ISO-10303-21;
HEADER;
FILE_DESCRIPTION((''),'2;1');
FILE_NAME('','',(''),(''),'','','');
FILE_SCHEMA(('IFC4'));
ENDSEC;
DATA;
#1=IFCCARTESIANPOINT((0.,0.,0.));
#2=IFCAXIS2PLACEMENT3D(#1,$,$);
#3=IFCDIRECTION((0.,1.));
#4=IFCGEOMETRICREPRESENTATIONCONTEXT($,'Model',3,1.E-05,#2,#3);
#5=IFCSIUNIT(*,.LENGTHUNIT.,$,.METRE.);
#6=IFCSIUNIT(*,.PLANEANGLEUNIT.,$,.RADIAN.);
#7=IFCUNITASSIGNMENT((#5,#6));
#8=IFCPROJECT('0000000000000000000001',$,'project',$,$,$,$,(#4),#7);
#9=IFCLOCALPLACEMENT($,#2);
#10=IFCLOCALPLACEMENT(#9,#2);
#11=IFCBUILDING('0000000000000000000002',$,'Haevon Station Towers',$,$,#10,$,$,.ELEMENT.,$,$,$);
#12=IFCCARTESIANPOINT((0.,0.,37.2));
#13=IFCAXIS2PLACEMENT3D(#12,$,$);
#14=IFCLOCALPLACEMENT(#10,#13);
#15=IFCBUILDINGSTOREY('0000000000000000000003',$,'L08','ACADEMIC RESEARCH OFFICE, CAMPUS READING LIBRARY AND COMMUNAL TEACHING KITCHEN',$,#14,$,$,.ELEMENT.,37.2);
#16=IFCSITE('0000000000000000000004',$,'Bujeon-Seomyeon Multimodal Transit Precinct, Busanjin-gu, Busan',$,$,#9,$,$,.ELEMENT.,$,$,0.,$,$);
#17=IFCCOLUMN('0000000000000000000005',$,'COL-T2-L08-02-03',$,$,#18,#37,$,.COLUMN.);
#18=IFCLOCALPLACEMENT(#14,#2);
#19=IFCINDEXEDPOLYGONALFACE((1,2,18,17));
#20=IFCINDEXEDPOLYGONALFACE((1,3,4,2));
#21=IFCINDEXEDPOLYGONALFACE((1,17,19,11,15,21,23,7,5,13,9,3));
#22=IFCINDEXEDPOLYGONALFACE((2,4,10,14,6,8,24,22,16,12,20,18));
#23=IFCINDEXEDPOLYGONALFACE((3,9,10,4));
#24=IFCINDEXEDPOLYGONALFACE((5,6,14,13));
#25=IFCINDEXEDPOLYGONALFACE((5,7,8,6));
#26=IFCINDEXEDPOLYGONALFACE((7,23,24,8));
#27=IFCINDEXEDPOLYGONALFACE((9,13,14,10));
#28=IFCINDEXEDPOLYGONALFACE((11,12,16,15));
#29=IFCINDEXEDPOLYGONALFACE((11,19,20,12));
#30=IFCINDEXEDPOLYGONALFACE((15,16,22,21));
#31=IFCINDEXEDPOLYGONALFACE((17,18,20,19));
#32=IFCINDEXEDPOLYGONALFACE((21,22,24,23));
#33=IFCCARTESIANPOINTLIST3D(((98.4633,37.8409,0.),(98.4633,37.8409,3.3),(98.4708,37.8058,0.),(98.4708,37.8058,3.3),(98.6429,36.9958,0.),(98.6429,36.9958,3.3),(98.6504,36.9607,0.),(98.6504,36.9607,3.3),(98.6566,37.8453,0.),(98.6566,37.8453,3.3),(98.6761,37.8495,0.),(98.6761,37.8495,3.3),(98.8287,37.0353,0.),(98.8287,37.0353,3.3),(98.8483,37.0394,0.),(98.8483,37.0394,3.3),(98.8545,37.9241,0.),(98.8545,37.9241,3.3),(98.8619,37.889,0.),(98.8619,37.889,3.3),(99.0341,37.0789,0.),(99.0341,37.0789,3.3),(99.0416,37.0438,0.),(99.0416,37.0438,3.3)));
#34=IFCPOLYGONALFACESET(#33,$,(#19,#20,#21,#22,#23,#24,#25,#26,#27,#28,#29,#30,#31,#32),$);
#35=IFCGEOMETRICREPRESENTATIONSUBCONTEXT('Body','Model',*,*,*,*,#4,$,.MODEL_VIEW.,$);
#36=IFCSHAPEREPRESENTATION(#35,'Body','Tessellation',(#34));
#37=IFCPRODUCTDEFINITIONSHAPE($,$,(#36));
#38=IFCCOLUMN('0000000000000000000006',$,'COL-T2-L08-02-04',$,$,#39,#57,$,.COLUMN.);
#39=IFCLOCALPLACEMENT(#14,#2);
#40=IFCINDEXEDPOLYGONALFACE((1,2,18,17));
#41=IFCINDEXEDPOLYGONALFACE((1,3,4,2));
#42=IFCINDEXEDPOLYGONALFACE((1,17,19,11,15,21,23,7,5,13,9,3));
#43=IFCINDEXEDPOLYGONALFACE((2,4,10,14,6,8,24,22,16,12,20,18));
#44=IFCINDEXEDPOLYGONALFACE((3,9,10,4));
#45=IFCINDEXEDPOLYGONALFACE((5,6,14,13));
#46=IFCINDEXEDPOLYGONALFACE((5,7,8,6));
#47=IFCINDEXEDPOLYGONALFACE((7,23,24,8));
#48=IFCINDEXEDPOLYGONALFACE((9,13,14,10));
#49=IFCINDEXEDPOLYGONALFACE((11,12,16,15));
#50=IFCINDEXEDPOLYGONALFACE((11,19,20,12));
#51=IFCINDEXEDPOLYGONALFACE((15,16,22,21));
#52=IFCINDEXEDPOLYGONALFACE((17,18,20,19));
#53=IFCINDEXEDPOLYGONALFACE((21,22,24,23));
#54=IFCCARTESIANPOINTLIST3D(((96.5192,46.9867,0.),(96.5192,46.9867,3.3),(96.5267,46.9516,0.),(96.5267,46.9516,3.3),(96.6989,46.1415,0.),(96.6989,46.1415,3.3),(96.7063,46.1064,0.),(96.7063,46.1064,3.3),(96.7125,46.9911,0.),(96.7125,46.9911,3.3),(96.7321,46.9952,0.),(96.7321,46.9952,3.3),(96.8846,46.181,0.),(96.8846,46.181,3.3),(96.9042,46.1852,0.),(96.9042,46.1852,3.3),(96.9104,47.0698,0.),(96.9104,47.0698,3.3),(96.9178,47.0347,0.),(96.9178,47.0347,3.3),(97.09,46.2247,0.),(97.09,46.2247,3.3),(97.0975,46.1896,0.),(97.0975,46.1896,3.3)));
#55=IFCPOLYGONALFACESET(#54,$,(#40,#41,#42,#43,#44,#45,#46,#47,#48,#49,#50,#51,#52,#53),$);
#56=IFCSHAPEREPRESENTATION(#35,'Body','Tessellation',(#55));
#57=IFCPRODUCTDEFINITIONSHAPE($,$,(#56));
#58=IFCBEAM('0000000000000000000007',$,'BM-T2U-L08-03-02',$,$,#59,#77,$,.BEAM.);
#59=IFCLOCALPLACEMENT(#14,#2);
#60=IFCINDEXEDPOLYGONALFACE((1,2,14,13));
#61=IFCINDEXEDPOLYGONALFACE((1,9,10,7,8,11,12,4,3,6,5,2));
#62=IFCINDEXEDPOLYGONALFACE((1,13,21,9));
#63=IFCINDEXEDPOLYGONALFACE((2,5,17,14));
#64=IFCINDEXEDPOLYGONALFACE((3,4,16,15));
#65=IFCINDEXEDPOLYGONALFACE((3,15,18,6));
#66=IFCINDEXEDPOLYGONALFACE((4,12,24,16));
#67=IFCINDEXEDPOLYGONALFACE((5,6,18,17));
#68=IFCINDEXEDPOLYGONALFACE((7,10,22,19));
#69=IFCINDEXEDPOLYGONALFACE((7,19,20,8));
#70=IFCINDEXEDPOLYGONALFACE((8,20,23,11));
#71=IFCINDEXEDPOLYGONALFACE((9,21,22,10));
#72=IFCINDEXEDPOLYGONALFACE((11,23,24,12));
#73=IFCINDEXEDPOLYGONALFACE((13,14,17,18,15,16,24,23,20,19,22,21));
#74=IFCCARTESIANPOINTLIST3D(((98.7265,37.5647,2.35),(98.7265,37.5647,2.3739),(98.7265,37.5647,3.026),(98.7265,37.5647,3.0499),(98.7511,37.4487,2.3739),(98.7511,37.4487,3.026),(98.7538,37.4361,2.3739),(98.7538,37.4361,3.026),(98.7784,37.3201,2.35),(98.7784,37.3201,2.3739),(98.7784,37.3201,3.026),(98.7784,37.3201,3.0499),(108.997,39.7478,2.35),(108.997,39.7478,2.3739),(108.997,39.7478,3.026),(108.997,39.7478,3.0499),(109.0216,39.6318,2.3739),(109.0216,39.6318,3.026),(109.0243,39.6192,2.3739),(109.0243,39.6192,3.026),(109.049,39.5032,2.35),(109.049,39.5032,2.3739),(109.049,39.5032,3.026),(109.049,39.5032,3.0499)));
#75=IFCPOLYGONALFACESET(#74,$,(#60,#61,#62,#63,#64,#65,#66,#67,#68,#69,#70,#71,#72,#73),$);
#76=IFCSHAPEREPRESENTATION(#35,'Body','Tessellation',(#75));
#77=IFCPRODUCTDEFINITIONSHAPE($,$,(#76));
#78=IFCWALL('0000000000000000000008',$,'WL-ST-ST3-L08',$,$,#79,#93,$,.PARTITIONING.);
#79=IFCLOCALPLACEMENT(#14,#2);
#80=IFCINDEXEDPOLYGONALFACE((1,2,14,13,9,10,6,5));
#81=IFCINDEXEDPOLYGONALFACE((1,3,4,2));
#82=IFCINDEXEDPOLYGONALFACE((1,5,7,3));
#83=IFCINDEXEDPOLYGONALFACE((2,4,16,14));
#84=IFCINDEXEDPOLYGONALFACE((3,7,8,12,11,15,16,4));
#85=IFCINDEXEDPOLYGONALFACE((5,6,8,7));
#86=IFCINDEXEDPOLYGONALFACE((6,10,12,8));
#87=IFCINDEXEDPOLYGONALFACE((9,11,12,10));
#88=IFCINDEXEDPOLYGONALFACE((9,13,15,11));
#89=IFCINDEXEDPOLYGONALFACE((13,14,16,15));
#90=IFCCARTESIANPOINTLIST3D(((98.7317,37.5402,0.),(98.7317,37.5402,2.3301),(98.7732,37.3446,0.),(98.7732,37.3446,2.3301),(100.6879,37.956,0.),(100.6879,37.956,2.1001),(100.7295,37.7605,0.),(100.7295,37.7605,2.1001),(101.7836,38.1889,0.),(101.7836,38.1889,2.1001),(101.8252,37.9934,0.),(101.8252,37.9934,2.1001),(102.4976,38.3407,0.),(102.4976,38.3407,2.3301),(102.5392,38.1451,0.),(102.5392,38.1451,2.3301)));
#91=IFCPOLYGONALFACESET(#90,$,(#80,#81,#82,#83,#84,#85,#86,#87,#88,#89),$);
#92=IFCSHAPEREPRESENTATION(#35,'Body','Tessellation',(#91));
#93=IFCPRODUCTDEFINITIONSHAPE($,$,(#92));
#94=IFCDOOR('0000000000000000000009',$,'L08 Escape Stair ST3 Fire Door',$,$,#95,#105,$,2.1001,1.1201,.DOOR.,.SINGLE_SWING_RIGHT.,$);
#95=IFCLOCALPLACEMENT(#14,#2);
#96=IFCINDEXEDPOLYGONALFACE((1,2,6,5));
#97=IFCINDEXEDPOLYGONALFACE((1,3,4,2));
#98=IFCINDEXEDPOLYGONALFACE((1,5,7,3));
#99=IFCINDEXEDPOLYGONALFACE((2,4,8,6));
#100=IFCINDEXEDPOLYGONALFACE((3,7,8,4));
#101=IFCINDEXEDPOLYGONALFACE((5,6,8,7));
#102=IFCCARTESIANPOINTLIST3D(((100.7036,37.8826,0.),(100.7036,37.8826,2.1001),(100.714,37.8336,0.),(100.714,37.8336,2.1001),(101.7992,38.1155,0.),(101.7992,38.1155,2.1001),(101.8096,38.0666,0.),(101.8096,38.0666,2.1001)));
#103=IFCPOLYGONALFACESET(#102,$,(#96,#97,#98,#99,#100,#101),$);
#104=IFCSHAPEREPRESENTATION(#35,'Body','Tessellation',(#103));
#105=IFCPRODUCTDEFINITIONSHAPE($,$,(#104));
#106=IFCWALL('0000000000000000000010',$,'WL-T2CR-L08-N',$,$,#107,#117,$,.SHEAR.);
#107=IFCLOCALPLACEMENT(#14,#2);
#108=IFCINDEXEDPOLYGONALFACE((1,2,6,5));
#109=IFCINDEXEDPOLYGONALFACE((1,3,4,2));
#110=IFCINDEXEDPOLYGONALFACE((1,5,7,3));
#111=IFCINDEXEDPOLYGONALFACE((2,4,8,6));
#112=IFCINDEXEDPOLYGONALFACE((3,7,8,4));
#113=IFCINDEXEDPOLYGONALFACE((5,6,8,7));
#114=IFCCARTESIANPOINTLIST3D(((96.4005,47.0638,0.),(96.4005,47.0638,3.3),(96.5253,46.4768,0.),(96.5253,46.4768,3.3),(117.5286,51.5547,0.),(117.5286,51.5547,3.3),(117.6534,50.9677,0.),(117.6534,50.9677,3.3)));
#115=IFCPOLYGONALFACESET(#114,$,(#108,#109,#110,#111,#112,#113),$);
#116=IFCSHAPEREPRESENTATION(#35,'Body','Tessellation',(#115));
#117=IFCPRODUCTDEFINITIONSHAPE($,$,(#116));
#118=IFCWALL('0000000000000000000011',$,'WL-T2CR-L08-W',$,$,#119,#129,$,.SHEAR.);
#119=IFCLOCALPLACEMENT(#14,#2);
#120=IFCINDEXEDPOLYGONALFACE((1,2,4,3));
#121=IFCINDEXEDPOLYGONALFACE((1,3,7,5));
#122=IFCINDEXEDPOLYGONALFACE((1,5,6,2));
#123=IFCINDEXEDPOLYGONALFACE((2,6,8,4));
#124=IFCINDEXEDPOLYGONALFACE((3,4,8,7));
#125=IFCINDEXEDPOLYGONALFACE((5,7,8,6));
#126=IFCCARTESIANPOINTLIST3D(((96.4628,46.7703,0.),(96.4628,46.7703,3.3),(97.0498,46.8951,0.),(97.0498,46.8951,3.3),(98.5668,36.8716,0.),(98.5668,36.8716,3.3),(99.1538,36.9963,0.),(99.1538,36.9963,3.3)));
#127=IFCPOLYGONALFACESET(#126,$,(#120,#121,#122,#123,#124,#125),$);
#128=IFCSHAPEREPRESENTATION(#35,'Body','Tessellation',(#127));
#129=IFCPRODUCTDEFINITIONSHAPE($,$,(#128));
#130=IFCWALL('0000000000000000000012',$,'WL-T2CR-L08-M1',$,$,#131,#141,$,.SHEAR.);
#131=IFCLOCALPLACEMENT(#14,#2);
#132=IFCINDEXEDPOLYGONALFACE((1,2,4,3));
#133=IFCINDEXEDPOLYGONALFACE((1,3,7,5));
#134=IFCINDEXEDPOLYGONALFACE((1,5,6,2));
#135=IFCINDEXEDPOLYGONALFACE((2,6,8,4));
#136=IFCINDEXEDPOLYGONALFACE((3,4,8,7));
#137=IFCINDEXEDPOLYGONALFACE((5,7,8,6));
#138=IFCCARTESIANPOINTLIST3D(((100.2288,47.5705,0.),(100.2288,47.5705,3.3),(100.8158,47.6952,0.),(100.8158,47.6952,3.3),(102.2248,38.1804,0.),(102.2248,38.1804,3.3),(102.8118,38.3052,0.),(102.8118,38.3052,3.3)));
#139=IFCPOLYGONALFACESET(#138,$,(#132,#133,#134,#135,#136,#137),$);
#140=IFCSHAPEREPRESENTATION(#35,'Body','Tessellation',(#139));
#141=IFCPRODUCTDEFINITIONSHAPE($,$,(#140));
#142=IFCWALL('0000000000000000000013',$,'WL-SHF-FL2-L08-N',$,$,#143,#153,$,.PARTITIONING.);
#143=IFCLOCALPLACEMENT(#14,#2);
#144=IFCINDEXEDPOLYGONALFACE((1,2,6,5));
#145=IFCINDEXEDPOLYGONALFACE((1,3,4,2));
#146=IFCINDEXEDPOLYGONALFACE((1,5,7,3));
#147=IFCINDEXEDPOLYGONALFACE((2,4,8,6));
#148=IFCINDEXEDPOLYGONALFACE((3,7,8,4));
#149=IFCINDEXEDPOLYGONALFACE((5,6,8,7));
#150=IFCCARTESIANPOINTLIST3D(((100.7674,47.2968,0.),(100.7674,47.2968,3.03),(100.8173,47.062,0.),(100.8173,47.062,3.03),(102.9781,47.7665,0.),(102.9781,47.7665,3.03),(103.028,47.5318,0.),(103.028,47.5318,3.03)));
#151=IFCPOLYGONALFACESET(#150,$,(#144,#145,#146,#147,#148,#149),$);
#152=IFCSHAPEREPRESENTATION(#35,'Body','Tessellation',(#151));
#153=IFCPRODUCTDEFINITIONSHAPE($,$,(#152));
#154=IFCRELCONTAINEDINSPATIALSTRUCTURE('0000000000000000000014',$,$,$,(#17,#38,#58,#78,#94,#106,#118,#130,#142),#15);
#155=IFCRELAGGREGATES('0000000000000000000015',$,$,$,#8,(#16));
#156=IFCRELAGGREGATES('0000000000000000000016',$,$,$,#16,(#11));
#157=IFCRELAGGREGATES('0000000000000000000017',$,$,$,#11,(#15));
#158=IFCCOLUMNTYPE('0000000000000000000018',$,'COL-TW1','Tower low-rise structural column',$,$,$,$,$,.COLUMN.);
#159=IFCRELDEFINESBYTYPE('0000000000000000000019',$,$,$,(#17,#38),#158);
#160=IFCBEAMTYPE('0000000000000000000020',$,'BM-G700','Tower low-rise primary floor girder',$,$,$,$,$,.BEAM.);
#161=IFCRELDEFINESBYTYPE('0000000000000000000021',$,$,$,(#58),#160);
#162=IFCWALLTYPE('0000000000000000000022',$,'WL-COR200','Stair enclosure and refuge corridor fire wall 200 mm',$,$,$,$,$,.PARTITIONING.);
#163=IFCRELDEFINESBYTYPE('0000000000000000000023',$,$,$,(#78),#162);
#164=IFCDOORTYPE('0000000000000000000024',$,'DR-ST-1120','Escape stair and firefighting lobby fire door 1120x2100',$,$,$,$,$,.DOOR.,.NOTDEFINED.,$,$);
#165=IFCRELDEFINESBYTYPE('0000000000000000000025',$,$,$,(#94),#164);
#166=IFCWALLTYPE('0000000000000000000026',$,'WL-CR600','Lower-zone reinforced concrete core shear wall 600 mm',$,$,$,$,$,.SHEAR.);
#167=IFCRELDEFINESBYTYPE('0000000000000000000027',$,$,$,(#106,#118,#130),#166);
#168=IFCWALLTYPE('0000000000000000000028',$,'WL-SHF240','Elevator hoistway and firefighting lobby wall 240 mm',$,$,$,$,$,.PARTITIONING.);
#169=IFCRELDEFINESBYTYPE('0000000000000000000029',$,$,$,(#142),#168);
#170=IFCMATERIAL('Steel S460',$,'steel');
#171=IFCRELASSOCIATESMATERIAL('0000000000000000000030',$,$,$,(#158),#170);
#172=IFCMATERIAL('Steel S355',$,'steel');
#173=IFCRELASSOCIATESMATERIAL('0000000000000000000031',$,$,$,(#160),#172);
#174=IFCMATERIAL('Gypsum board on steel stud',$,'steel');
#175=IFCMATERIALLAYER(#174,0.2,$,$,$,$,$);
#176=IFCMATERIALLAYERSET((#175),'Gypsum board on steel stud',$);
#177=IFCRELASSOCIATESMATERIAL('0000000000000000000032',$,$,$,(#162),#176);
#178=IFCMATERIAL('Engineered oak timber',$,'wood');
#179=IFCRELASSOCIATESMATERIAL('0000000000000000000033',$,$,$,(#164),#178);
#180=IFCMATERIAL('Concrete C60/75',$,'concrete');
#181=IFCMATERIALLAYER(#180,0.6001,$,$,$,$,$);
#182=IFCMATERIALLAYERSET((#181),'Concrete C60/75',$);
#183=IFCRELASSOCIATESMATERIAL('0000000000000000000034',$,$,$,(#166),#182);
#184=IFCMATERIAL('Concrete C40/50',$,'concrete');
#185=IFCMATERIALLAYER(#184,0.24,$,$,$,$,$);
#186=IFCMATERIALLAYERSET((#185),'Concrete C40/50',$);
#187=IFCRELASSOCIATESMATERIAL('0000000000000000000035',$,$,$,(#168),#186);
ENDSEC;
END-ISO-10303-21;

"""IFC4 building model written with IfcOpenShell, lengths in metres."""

from ifc_helpers import new_model, si_unit, direction, frame, frame_2d, origin, origin_2d, place, context, subcontext, project, spatial, rectangle, i_section, extrude, material, layer, layer_set, material_profile, profile_set, type_object, element, fill, save


model = new_model("IFC4")

# Units and contexts
model_context = context("Model", 3, precision=1e-05, world=origin(), true_north=direction((0.0, 1.0)))
body_context = subcontext(model_context, "Body", "Model", "MODEL_VIEW")
ifc_project = project(units=[si_unit("LENGTHUNIT", "METRE"), si_unit("PLANEANGLEUNIT", "RADIAN")], contexts=[model_context])

# Site, building, storey
site_placement = place(None, origin())
site = spatial("IfcSite", under=ifc_project, at=site_placement, Name="Bujeon-Seomyeon Multimodal Transit Precinct, Busanjin-gu, Busan", CompositionType="ELEMENT", RefElevation=0.0)
building_placement = place(site_placement, origin())
building = spatial("IfcBuilding", under=site, at=building_placement, Name="Haevon Station Towers", CompositionType="ELEMENT")
storey_placement = place(building_placement, frame((0.0, 0.0, 37.2)))
storey = spatial("IfcBuildingStorey", under=building, at=storey_placement, Name="L08", Description="ACADEMIC RESEARCH OFFICE, CAMPUS READING LIBRARY AND COMMUNAL TEACHING KITCHEN", CompositionType="ELEMENT", Elevation=37.2)

# Columns
ifc_material_1 = material(Name="Steel S460", Category="steel")
ifc_material_profile_1 = material_profile(ifc_material_1, i_section(OverallWidth=0.3999, OverallDepth=0.8999, WebThickness=0.02, FlangeThickness=0.0359, at=origin_2d()), Name="H-900x400x20x36")
ifc_profile_set_1 = profile_set([ifc_material_profile_1], Name="Steel S460")
column_type = type_object("IfcColumnType", Name="COL-TW1", Description="Tower low-rise structural column", PredefinedType="COLUMN", material=ifc_profile_set_1)
for number, where, z_axis, x_axis, name in (
    (1, (98.7524, 37.4424, 0.0), (0.0, 0.0, 1.0), (0.978148, 0.207912, 0.0), "COL-T2-L08-02-03"),
    (2, (96.8083, 46.5881, 0.0), (0.0, 0.0, 1.0), (0.978148, 0.207912, 0.0), "COL-T2-L08-02-04"),
):
    element("IfcColumn", number, at=place(storey_placement, frame(where, z_axis=z_axis, x_axis=x_axis)), inside=storey, type_object=column_type, Name=name, PredefinedType="COLUMN", context=body_context, shape_type="SweptSolid", body=[
        extrude(i_section(OverallWidth=0.3999, OverallDepth=0.8999, WebThickness=0.02, FlangeThickness=0.0359, at=origin_2d()), origin(), (0.0, 0.0, 1.0), 3.3),
    ])

# Beam
ifc_material_2 = material(Name="Steel S355", Category="steel")
ifc_material_profile_2 = material_profile(ifc_material_2, i_section(OverallWidth=0.25, OverallDepth=0.7, WebThickness=0.0129, FlangeThickness=0.0239, at=origin_2d()), Name="H-700x250x13x24")
ifc_profile_set_2 = profile_set([ifc_material_profile_2], Name="Steel S355")
beam_type = type_object("IfcBeamType", Name="BM-G700", Description="Tower low-rise primary floor girder", PredefinedType="BEAM", material=ifc_profile_set_2)
beam_placement = place(storey_placement, frame((98.7524, 37.4424, 2.7), z_axis=(0.978147, 0.207915, 0.0), x_axis=(-0.207915, 0.978147, 0.0)))
element("IfcBeam", 3, at=beam_placement, inside=storey, type_object=beam_type, Name="BM-T2U-L08-03-02", PredefinedType="BEAM", context=body_context, shape_type="SweptSolid", body=[
    extrude(i_section(OverallWidth=0.25, OverallDepth=0.7, WebThickness=0.0129, FlangeThickness=0.0239, at=origin_2d()), origin(), (0.0, 0.0, 1.0), 10.5),
])

# Wall, opening, door
ifc_material_3 = material(Name="Gypsum board on steel stud", Category="steel")
ifc_layer_1 = layer(ifc_material_3, 0.2)
ifc_layer_set_1 = layer_set([ifc_layer_1], Name="Gypsum board on steel stud")
wall_type_1 = type_object("IfcWallType", Name="WL-COR200", Description="Stair enclosure and refuge corridor fire wall 200 mm", PredefinedType="PARTITIONING", material=ifc_layer_set_1)
wall_1_placement = place(storey_placement, frame((98.7524, 37.4424, 0.0), z_axis=(0.0, 0.0, 1.0), x_axis=(0.978144, 0.207931, 0.0)))
wall_1 = element("IfcWall", 4, at=wall_1_placement, inside=storey, type_object=wall_type_1, Name="WL-ST-ST3-L08", PredefinedType="PARTITIONING", context=body_context, shape_type="SweptSolid", body=[
    extrude(rectangle(XDim=3.8501, YDim=0.2, at=frame_2d((1.925, 0.0))), origin(), (0.0, 0.0, 1.0), 2.3301),
])
opening_1_placement = place(wall_1_placement, frame((2.0, 0.0, 0.0)))
opening_1 = element("IfcOpeningElement", 5, at=opening_1_placement, cuts=wall_1, PredefinedType="OPENING", context=body_context, shape_type="SweptSolid", body=[
    extrude(rectangle(XDim=1.1201, YDim=2.1001, at=frame_2d((0.5601, 1.05))), frame((0.0, 0.1099, 0.0), z_axis=(0.0, -1.0, 0.0), x_axis=(1.0, 0.0, 0.0)), (0.0, 0.0, 1.0), 0.22),
])
ifc_material_4 = material(Name="Engineered oak timber", Category="wood")
door_type_1 = type_object("IfcDoorType", Name="DR-ST-1120", Description="Escape stair and firefighting lobby fire door 1120x2100", OperationType="NOTDEFINED", PredefinedType="DOOR", material=ifc_material_4)
door_1_placement = place(opening_1_placement, origin())
door_1 = element("IfcDoor", 6, at=door_1_placement, inside=storey, type_object=door_type_1, Name="L08 Escape Stair ST3 Fire Door", OperationType="SINGLE_SWING_RIGHT", OverallHeight=2.1001, OverallWidth=1.1201, PredefinedType="DOOR", context=body_context, shape_type="SweptSolid", body=[
    extrude(rectangle(XDim=1.1201, YDim=2.1001, at=frame_2d((0.5601, 1.05))), frame((0.0, 0.0249, 0.0), z_axis=(0.0, -1.0, 0.0), x_axis=(1.0, 0.0, 0.0)), (0.0, 0.0, 1.0), 0.05),
])
fill(opening_1, door_1)

# Walls
ifc_material_5 = material(Name="Concrete C60/75", Category="concrete")
ifc_layer_2 = layer(ifc_material_5, 0.6001)
ifc_layer_set_2 = layer_set([ifc_layer_2], Name="Concrete C60/75")
wall_type_2 = type_object("IfcWallType", Name="WL-CR600", Description="Lower-zone reinforced concrete core shear wall 600 mm", PredefinedType="SHEAR", material=ifc_layer_set_2)
wall_2_placement = place(storey_placement, frame((96.4629, 46.7703, 0.0), z_axis=(0.0, 0.0, 1.0), x_axis=(0.978147, 0.207913, 0.0)))
element("IfcWall", 7, at=wall_2_placement, inside=storey, type_object=wall_type_2, Name="WL-T2CR-L08-N", PredefinedType="SHEAR", context=body_context, shape_type="SweptSolid", body=[
    extrude(rectangle(XDim=21.6001, YDim=0.6001, at=frame_2d((10.8, 0.0))), origin(), (0.0, 0.0, 1.0), 3.3),
])
wall_3_placement = place(storey_placement, frame((98.8604, 36.9338, 0.0), z_axis=(0.0, 0.0, 1.0), x_axis=(-0.207909, 0.978148, 0.0)))
element("IfcWall", 8, at=wall_3_placement, inside=storey, type_object=wall_type_2, Name="WL-T2CR-L08-W", PredefinedType="SHEAR", context=body_context, shape_type="SweptSolid", body=[
    extrude(rectangle(XDim=10.1199, YDim=0.6001, at=frame_2d((5.0601, 0.0))), origin(), (0.0, 0.0, 1.0), 3.3),
])
wall_4_placement = place(storey_placement, frame((102.5183, 38.2429, 0.0), z_axis=(0.0, 0.0, 1.0), x_axis=(-0.207927, 0.978144, 0.0)))
element("IfcWall", 9, at=wall_4_placement, inside=storey, type_object=wall_type_2, Name="WL-T2CR-L08-M1", PredefinedType="SHEAR", context=body_context, shape_type="SweptSolid", body=[
    extrude(rectangle(XDim=9.5999, YDim=0.6001, at=frame_2d((4.7998, 0.0))), origin(), (0.0, 0.0, 1.0), 3.3),
])

# Shared definitions
ifc_material_6 = material(Name="Concrete C40/50", Category="concrete")
ifc_layer_3 = layer(ifc_material_6, 0.24)
ifc_layer_set_3 = layer_set([ifc_layer_3], Name="Concrete C40/50")
wall_type_3 = type_object("IfcWallType", Name="WL-SHF240", Description="Elevator hoistway and firefighting lobby wall 240 mm", PredefinedType="PARTITIONING", material=ifc_layer_set_3)

# Wall
wall_5_placement = place(storey_placement, frame((100.7925, 47.1794, 0.0), z_axis=(0.0, 0.0, 1.0), x_axis=(0.978163, 0.207839, 0.0)))
element("IfcWall", 10, at=wall_5_placement, inside=storey, type_object=wall_type_3, Name="WL-SHF-FL2-L08-N", PredefinedType="PARTITIONING", context=body_context, shape_type="SweptSolid", body=[
    extrude(rectangle(XDim=2.26, YDim=0.24, at=frame_2d((1.1299, 0.0))), origin(), (0.0, 0.0, 1.0), 3.03),
])

save(model, "model.ifc")
